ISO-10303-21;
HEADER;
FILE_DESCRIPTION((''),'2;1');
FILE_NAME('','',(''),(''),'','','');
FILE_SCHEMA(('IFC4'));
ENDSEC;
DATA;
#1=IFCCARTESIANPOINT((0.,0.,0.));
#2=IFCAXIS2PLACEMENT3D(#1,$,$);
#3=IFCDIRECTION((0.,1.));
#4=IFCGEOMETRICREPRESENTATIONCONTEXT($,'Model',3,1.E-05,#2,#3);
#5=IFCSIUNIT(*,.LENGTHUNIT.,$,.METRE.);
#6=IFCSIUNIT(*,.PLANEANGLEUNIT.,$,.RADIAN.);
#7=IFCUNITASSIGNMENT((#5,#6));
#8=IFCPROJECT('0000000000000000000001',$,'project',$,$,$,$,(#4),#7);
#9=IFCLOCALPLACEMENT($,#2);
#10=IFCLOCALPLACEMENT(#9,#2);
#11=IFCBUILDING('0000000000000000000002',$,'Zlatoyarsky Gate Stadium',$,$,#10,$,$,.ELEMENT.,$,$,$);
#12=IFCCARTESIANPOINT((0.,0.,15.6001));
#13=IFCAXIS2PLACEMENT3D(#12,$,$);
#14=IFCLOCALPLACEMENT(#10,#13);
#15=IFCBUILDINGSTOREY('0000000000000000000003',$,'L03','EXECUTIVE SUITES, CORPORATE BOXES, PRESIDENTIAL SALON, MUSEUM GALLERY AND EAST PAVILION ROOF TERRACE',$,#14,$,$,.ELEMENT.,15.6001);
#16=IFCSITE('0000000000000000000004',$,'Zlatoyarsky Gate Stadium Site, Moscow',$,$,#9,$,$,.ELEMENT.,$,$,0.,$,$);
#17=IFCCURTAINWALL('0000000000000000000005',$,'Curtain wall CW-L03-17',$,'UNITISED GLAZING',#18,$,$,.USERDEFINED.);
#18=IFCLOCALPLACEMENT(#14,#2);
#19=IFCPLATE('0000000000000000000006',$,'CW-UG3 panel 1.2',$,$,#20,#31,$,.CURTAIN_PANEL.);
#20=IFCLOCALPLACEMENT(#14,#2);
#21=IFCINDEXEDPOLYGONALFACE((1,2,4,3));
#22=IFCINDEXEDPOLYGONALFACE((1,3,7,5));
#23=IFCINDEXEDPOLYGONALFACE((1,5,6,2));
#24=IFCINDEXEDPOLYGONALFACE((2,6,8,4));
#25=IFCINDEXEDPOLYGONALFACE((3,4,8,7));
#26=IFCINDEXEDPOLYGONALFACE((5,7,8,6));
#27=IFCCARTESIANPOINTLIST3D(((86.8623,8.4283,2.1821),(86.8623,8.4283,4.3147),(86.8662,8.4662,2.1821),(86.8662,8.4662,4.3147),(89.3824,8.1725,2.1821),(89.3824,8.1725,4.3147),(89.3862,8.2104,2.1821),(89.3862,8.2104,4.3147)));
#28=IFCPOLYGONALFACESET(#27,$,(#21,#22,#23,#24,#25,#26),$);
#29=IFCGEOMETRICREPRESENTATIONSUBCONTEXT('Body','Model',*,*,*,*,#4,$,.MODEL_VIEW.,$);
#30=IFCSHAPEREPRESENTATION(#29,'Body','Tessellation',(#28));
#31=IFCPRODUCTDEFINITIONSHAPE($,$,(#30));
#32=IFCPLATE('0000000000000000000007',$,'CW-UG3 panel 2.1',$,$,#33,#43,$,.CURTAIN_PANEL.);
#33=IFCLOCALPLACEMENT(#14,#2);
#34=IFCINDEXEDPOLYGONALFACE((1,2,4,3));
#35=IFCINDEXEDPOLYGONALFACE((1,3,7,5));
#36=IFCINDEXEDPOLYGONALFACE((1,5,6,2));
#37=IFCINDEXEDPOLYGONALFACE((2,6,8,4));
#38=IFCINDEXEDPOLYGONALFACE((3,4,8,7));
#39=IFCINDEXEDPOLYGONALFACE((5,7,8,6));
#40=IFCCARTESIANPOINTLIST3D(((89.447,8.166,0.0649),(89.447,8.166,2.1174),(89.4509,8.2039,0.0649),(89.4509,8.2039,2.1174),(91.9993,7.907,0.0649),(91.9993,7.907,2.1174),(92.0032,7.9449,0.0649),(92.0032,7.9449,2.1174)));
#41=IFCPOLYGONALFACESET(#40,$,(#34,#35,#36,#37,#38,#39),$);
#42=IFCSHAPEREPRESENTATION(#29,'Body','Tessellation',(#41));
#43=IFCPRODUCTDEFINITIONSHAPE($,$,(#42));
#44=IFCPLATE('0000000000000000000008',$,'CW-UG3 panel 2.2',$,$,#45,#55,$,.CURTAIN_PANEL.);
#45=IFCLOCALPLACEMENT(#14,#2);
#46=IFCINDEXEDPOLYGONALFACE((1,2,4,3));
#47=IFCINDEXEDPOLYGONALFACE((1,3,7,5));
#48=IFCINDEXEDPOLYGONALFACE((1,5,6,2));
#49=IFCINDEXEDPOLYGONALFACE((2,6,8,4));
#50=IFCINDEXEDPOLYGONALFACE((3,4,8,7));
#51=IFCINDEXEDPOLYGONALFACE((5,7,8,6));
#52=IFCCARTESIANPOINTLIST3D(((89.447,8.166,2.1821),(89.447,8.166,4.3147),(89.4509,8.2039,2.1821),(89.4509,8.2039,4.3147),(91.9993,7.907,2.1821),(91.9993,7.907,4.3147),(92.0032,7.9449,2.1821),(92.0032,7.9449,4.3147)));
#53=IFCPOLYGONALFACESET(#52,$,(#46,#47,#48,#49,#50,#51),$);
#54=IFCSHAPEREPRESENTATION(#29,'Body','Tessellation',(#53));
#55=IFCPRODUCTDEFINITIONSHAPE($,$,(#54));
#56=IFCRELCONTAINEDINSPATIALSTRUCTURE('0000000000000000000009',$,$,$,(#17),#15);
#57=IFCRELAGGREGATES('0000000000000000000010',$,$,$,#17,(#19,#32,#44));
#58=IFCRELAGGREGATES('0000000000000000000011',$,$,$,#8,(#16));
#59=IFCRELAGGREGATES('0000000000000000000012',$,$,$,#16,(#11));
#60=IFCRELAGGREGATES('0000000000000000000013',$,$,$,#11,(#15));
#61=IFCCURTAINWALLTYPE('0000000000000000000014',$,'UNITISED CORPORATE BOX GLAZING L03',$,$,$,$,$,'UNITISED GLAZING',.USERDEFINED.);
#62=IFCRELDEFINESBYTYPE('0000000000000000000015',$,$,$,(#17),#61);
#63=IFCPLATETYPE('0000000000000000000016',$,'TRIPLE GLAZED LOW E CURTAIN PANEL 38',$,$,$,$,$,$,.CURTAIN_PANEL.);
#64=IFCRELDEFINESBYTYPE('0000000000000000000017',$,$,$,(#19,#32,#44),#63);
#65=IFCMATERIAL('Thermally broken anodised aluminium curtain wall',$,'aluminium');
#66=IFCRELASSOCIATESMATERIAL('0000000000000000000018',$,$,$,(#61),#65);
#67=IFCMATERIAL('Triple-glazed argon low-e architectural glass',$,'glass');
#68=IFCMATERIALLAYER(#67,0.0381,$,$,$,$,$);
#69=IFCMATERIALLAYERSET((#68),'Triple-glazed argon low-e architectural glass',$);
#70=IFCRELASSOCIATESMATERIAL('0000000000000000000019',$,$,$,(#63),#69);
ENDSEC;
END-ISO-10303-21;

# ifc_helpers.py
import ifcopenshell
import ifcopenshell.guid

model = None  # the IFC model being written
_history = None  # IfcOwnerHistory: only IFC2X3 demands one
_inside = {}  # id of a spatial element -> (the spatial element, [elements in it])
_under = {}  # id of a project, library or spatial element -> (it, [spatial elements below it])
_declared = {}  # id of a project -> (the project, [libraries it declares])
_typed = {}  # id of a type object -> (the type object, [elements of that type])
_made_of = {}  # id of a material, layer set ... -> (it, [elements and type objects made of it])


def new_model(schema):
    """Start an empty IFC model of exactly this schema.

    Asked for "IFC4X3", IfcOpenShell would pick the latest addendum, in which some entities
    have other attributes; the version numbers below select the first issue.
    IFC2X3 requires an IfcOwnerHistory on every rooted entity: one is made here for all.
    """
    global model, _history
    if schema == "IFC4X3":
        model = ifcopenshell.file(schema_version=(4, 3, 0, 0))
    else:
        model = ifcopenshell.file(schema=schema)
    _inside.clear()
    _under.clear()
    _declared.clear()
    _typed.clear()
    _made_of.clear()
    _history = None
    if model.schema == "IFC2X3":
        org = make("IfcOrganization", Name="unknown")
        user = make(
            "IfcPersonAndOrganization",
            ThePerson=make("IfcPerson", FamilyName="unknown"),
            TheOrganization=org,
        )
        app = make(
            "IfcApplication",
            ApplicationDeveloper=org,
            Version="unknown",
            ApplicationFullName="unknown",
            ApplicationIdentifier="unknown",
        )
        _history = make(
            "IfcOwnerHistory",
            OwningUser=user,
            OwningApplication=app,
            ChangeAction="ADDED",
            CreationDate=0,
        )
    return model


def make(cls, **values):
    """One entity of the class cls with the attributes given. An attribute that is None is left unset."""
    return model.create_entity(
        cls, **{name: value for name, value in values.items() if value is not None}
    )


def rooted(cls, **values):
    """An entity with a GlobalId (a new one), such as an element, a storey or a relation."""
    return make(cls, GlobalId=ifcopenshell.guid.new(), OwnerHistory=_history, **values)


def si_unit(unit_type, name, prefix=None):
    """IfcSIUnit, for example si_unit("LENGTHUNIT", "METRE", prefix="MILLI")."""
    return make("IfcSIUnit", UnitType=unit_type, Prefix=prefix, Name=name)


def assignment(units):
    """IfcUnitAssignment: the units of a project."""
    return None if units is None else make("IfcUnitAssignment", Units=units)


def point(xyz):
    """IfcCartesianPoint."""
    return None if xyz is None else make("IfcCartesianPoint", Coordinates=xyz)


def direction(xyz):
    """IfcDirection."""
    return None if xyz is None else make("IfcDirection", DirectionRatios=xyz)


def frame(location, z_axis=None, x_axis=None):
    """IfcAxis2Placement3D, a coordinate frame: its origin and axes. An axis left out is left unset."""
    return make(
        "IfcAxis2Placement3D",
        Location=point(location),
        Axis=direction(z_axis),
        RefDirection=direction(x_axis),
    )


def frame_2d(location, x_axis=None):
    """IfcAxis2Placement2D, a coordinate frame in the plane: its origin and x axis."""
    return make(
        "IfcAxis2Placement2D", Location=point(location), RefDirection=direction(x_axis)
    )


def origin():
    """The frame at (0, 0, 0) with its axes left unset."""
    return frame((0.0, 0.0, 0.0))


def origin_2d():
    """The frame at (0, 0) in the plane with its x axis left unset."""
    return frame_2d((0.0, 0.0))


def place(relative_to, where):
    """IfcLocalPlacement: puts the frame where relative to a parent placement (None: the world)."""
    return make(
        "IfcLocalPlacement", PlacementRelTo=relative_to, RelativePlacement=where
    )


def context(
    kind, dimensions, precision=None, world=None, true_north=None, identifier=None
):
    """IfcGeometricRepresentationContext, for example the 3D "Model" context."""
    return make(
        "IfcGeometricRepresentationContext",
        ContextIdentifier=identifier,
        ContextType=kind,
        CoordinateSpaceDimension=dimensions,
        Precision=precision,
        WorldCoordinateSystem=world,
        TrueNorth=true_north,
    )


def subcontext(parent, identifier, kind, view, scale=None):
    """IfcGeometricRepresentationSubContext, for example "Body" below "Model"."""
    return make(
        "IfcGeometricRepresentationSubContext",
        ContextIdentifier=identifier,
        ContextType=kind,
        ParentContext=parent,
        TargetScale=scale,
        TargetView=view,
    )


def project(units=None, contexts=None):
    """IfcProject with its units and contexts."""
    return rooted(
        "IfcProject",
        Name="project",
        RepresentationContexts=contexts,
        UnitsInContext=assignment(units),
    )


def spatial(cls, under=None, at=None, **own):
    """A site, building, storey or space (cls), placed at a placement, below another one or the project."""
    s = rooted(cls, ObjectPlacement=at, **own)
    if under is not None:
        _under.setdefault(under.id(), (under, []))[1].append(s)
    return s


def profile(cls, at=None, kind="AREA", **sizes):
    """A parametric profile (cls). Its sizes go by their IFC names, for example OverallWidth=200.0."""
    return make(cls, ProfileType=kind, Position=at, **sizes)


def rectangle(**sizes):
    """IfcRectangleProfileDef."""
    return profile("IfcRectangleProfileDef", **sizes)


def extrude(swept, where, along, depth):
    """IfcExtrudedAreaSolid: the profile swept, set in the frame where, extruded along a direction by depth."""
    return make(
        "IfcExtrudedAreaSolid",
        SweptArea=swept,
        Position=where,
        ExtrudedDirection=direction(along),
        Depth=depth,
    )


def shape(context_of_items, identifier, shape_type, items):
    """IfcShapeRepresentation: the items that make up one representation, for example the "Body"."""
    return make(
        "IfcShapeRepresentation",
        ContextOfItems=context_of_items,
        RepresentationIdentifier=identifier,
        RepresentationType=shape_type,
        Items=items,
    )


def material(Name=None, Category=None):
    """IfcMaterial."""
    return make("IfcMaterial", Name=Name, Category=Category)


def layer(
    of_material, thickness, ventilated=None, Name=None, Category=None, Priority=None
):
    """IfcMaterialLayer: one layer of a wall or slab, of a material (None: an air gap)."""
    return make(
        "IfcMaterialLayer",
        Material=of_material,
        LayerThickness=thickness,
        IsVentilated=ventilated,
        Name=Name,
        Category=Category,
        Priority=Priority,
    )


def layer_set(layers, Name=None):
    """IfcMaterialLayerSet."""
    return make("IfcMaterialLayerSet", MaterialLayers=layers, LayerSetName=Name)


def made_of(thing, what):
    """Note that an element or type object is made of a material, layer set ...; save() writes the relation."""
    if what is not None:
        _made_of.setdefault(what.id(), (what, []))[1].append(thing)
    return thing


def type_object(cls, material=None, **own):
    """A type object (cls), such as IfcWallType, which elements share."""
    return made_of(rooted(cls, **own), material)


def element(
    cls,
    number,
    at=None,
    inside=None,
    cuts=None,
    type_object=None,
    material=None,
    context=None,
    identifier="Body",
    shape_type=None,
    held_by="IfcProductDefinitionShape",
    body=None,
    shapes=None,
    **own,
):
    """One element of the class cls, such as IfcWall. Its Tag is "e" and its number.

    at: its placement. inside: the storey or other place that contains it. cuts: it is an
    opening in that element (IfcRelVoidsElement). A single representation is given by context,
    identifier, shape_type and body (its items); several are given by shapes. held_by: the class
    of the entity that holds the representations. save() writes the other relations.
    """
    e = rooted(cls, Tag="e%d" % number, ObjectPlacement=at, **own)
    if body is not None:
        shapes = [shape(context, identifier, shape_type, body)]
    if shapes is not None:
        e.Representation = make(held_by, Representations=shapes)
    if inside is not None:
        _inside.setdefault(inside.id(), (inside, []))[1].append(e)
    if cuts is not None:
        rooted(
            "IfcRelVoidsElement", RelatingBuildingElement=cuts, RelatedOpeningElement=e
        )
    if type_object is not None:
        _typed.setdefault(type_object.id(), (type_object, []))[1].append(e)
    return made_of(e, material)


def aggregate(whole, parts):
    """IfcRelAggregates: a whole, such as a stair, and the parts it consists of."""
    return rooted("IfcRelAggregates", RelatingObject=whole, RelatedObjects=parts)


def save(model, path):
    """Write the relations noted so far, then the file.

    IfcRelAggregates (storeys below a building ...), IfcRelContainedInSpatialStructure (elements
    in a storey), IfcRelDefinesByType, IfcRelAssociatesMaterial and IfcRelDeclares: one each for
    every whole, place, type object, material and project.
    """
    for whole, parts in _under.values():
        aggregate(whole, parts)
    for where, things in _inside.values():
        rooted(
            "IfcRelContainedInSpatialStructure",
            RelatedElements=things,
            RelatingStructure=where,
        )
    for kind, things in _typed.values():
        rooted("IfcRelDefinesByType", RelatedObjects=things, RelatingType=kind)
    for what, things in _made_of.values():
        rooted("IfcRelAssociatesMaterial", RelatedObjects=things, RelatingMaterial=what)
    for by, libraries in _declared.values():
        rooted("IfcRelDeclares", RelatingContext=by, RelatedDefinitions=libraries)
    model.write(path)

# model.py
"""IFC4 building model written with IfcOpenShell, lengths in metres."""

from ifc_helpers import new_model, si_unit, direction, frame, origin, origin_2d, place, context, subcontext, project, spatial, rectangle, extrude, material, layer, layer_set, type_object, element, aggregate, save


model = new_model("IFC4")

# Units and contexts
model_context = context("Model", 3, precision=1e-05, world=origin(), true_north=direction((0.0, 1.0)))
body_context = subcontext(model_context, "Body", "Model", "MODEL_VIEW")
ifc_project = project(units=[si_unit("LENGTHUNIT", "METRE"), si_unit("PLANEANGLEUNIT", "RADIAN")], contexts=[model_context])

# Site, building, storey
site_placement = place(None, origin())
site = spatial("IfcSite", under=ifc_project, at=site_placement, Name="Zlatoyarsky Gate Stadium Site, Moscow", CompositionType="ELEMENT", RefElevation=0.0)
building_placement = place(site_placement, origin())
building = spatial("IfcBuilding", under=site, at=building_placement, Name="Zlatoyarsky Gate Stadium", CompositionType="ELEMENT")
storey_placement = place(building_placement, frame((0.0, 0.0, 15.6001)))
storey = spatial("IfcBuildingStorey", under=building, at=storey_placement, Name="L03", Description="EXECUTIVE SUITES, CORPORATE BOXES, PRESIDENTIAL SALON, MUSEUM GALLERY AND EAST PAVILION ROOF TERRACE", CompositionType="ELEMENT", Elevation=15.6001)

# Curtain wall
ifc_material_1 = material(Name="Thermally broken anodised aluminium curtain wall", Category="aluminium")
curtain_wall_type = type_object("IfcCurtainWallType", Name="UNITISED CORPORATE BOX GLAZING L03", ElementType="UNITISED GLAZING", PredefinedType="USERDEFINED", material=ifc_material_1)
curtain_wall_placement = place(storey_placement, origin())
curtain_wall = element("IfcCurtainWall", 1, at=curtain_wall_placement, inside=storey, type_object=curtain_wall_type, Name="Curtain wall CW-L03-17", ObjectType="UNITISED GLAZING", PredefinedType="USERDEFINED")

# Plates
ifc_material_2 = material(Name="Triple-glazed argon low-e architectural glass", Category="glass")
ifc_layer_1 = layer(ifc_material_2, 0.0381)
ifc_layer_set_1 = layer_set([ifc_layer_1], Name="Triple-glazed argon low-e architectural glass")
plate_type_1 = type_object("IfcPlateType", Name="TRIPLE GLAZED LOW E CURTAIN PANEL 38", PredefinedType="CURTAIN_PANEL", material=ifc_layer_set_1)
plate_1_placement = place(storey_placement, frame((88.1243, 8.3193, 2.1821), z_axis=(0.0, 0.0, 1.0), x_axis=(0.99489, -0.100968, 0.0)))
plate_1 = element("IfcPlate", 2, at=plate_1_placement, type_object=plate_type_1, Name="CW-UG3 panel 1.2", PredefinedType="CURTAIN_PANEL", context=body_context, shape_type="SweptSolid", body=[
    extrude(rectangle(XDim=2.533, YDim=0.0381, at=origin_2d()), origin(), (0.0, 0.0, 1.0), 2.1326),
])
plate_2_placement = place(storey_placement, frame((90.7251, 8.0554, 0.0649), z_axis=(0.0, 0.0, 1.0), x_axis=(0.99489, -0.100968, 0.0)))
plate_2 = element("IfcPlate", 3, at=plate_2_placement, type_object=plate_type_1, Name="CW-UG3 panel 2.1", PredefinedType="CURTAIN_PANEL", context=body_context, shape_type="SweptSolid", body=[
    extrude(rectangle(XDim=2.5654, YDim=0.0381, at=origin_2d()), origin(), (0.0, 0.0, 1.0), 2.0525),
])
plate_3_placement = place(storey_placement, frame((90.7251, 8.0554, 2.1821), z_axis=(0.0, 0.0, 1.0), x_axis=(0.99489, -0.100968, 0.0)))
plate_3 = element("IfcPlate", 4, at=plate_3_placement, type_object=plate_type_1, Name="CW-UG3 panel 2.2", PredefinedType="CURTAIN_PANEL", context=body_context, shape_type="SweptSolid", body=[
    extrude(rectangle(XDim=2.5654, YDim=0.0381, at=origin_2d()), origin(), (0.0, 0.0, 1.0), 2.1326),
])
aggregate(curtain_wall, [plate_1, plate_2, plate_3])

save(model, "model.ifc")
